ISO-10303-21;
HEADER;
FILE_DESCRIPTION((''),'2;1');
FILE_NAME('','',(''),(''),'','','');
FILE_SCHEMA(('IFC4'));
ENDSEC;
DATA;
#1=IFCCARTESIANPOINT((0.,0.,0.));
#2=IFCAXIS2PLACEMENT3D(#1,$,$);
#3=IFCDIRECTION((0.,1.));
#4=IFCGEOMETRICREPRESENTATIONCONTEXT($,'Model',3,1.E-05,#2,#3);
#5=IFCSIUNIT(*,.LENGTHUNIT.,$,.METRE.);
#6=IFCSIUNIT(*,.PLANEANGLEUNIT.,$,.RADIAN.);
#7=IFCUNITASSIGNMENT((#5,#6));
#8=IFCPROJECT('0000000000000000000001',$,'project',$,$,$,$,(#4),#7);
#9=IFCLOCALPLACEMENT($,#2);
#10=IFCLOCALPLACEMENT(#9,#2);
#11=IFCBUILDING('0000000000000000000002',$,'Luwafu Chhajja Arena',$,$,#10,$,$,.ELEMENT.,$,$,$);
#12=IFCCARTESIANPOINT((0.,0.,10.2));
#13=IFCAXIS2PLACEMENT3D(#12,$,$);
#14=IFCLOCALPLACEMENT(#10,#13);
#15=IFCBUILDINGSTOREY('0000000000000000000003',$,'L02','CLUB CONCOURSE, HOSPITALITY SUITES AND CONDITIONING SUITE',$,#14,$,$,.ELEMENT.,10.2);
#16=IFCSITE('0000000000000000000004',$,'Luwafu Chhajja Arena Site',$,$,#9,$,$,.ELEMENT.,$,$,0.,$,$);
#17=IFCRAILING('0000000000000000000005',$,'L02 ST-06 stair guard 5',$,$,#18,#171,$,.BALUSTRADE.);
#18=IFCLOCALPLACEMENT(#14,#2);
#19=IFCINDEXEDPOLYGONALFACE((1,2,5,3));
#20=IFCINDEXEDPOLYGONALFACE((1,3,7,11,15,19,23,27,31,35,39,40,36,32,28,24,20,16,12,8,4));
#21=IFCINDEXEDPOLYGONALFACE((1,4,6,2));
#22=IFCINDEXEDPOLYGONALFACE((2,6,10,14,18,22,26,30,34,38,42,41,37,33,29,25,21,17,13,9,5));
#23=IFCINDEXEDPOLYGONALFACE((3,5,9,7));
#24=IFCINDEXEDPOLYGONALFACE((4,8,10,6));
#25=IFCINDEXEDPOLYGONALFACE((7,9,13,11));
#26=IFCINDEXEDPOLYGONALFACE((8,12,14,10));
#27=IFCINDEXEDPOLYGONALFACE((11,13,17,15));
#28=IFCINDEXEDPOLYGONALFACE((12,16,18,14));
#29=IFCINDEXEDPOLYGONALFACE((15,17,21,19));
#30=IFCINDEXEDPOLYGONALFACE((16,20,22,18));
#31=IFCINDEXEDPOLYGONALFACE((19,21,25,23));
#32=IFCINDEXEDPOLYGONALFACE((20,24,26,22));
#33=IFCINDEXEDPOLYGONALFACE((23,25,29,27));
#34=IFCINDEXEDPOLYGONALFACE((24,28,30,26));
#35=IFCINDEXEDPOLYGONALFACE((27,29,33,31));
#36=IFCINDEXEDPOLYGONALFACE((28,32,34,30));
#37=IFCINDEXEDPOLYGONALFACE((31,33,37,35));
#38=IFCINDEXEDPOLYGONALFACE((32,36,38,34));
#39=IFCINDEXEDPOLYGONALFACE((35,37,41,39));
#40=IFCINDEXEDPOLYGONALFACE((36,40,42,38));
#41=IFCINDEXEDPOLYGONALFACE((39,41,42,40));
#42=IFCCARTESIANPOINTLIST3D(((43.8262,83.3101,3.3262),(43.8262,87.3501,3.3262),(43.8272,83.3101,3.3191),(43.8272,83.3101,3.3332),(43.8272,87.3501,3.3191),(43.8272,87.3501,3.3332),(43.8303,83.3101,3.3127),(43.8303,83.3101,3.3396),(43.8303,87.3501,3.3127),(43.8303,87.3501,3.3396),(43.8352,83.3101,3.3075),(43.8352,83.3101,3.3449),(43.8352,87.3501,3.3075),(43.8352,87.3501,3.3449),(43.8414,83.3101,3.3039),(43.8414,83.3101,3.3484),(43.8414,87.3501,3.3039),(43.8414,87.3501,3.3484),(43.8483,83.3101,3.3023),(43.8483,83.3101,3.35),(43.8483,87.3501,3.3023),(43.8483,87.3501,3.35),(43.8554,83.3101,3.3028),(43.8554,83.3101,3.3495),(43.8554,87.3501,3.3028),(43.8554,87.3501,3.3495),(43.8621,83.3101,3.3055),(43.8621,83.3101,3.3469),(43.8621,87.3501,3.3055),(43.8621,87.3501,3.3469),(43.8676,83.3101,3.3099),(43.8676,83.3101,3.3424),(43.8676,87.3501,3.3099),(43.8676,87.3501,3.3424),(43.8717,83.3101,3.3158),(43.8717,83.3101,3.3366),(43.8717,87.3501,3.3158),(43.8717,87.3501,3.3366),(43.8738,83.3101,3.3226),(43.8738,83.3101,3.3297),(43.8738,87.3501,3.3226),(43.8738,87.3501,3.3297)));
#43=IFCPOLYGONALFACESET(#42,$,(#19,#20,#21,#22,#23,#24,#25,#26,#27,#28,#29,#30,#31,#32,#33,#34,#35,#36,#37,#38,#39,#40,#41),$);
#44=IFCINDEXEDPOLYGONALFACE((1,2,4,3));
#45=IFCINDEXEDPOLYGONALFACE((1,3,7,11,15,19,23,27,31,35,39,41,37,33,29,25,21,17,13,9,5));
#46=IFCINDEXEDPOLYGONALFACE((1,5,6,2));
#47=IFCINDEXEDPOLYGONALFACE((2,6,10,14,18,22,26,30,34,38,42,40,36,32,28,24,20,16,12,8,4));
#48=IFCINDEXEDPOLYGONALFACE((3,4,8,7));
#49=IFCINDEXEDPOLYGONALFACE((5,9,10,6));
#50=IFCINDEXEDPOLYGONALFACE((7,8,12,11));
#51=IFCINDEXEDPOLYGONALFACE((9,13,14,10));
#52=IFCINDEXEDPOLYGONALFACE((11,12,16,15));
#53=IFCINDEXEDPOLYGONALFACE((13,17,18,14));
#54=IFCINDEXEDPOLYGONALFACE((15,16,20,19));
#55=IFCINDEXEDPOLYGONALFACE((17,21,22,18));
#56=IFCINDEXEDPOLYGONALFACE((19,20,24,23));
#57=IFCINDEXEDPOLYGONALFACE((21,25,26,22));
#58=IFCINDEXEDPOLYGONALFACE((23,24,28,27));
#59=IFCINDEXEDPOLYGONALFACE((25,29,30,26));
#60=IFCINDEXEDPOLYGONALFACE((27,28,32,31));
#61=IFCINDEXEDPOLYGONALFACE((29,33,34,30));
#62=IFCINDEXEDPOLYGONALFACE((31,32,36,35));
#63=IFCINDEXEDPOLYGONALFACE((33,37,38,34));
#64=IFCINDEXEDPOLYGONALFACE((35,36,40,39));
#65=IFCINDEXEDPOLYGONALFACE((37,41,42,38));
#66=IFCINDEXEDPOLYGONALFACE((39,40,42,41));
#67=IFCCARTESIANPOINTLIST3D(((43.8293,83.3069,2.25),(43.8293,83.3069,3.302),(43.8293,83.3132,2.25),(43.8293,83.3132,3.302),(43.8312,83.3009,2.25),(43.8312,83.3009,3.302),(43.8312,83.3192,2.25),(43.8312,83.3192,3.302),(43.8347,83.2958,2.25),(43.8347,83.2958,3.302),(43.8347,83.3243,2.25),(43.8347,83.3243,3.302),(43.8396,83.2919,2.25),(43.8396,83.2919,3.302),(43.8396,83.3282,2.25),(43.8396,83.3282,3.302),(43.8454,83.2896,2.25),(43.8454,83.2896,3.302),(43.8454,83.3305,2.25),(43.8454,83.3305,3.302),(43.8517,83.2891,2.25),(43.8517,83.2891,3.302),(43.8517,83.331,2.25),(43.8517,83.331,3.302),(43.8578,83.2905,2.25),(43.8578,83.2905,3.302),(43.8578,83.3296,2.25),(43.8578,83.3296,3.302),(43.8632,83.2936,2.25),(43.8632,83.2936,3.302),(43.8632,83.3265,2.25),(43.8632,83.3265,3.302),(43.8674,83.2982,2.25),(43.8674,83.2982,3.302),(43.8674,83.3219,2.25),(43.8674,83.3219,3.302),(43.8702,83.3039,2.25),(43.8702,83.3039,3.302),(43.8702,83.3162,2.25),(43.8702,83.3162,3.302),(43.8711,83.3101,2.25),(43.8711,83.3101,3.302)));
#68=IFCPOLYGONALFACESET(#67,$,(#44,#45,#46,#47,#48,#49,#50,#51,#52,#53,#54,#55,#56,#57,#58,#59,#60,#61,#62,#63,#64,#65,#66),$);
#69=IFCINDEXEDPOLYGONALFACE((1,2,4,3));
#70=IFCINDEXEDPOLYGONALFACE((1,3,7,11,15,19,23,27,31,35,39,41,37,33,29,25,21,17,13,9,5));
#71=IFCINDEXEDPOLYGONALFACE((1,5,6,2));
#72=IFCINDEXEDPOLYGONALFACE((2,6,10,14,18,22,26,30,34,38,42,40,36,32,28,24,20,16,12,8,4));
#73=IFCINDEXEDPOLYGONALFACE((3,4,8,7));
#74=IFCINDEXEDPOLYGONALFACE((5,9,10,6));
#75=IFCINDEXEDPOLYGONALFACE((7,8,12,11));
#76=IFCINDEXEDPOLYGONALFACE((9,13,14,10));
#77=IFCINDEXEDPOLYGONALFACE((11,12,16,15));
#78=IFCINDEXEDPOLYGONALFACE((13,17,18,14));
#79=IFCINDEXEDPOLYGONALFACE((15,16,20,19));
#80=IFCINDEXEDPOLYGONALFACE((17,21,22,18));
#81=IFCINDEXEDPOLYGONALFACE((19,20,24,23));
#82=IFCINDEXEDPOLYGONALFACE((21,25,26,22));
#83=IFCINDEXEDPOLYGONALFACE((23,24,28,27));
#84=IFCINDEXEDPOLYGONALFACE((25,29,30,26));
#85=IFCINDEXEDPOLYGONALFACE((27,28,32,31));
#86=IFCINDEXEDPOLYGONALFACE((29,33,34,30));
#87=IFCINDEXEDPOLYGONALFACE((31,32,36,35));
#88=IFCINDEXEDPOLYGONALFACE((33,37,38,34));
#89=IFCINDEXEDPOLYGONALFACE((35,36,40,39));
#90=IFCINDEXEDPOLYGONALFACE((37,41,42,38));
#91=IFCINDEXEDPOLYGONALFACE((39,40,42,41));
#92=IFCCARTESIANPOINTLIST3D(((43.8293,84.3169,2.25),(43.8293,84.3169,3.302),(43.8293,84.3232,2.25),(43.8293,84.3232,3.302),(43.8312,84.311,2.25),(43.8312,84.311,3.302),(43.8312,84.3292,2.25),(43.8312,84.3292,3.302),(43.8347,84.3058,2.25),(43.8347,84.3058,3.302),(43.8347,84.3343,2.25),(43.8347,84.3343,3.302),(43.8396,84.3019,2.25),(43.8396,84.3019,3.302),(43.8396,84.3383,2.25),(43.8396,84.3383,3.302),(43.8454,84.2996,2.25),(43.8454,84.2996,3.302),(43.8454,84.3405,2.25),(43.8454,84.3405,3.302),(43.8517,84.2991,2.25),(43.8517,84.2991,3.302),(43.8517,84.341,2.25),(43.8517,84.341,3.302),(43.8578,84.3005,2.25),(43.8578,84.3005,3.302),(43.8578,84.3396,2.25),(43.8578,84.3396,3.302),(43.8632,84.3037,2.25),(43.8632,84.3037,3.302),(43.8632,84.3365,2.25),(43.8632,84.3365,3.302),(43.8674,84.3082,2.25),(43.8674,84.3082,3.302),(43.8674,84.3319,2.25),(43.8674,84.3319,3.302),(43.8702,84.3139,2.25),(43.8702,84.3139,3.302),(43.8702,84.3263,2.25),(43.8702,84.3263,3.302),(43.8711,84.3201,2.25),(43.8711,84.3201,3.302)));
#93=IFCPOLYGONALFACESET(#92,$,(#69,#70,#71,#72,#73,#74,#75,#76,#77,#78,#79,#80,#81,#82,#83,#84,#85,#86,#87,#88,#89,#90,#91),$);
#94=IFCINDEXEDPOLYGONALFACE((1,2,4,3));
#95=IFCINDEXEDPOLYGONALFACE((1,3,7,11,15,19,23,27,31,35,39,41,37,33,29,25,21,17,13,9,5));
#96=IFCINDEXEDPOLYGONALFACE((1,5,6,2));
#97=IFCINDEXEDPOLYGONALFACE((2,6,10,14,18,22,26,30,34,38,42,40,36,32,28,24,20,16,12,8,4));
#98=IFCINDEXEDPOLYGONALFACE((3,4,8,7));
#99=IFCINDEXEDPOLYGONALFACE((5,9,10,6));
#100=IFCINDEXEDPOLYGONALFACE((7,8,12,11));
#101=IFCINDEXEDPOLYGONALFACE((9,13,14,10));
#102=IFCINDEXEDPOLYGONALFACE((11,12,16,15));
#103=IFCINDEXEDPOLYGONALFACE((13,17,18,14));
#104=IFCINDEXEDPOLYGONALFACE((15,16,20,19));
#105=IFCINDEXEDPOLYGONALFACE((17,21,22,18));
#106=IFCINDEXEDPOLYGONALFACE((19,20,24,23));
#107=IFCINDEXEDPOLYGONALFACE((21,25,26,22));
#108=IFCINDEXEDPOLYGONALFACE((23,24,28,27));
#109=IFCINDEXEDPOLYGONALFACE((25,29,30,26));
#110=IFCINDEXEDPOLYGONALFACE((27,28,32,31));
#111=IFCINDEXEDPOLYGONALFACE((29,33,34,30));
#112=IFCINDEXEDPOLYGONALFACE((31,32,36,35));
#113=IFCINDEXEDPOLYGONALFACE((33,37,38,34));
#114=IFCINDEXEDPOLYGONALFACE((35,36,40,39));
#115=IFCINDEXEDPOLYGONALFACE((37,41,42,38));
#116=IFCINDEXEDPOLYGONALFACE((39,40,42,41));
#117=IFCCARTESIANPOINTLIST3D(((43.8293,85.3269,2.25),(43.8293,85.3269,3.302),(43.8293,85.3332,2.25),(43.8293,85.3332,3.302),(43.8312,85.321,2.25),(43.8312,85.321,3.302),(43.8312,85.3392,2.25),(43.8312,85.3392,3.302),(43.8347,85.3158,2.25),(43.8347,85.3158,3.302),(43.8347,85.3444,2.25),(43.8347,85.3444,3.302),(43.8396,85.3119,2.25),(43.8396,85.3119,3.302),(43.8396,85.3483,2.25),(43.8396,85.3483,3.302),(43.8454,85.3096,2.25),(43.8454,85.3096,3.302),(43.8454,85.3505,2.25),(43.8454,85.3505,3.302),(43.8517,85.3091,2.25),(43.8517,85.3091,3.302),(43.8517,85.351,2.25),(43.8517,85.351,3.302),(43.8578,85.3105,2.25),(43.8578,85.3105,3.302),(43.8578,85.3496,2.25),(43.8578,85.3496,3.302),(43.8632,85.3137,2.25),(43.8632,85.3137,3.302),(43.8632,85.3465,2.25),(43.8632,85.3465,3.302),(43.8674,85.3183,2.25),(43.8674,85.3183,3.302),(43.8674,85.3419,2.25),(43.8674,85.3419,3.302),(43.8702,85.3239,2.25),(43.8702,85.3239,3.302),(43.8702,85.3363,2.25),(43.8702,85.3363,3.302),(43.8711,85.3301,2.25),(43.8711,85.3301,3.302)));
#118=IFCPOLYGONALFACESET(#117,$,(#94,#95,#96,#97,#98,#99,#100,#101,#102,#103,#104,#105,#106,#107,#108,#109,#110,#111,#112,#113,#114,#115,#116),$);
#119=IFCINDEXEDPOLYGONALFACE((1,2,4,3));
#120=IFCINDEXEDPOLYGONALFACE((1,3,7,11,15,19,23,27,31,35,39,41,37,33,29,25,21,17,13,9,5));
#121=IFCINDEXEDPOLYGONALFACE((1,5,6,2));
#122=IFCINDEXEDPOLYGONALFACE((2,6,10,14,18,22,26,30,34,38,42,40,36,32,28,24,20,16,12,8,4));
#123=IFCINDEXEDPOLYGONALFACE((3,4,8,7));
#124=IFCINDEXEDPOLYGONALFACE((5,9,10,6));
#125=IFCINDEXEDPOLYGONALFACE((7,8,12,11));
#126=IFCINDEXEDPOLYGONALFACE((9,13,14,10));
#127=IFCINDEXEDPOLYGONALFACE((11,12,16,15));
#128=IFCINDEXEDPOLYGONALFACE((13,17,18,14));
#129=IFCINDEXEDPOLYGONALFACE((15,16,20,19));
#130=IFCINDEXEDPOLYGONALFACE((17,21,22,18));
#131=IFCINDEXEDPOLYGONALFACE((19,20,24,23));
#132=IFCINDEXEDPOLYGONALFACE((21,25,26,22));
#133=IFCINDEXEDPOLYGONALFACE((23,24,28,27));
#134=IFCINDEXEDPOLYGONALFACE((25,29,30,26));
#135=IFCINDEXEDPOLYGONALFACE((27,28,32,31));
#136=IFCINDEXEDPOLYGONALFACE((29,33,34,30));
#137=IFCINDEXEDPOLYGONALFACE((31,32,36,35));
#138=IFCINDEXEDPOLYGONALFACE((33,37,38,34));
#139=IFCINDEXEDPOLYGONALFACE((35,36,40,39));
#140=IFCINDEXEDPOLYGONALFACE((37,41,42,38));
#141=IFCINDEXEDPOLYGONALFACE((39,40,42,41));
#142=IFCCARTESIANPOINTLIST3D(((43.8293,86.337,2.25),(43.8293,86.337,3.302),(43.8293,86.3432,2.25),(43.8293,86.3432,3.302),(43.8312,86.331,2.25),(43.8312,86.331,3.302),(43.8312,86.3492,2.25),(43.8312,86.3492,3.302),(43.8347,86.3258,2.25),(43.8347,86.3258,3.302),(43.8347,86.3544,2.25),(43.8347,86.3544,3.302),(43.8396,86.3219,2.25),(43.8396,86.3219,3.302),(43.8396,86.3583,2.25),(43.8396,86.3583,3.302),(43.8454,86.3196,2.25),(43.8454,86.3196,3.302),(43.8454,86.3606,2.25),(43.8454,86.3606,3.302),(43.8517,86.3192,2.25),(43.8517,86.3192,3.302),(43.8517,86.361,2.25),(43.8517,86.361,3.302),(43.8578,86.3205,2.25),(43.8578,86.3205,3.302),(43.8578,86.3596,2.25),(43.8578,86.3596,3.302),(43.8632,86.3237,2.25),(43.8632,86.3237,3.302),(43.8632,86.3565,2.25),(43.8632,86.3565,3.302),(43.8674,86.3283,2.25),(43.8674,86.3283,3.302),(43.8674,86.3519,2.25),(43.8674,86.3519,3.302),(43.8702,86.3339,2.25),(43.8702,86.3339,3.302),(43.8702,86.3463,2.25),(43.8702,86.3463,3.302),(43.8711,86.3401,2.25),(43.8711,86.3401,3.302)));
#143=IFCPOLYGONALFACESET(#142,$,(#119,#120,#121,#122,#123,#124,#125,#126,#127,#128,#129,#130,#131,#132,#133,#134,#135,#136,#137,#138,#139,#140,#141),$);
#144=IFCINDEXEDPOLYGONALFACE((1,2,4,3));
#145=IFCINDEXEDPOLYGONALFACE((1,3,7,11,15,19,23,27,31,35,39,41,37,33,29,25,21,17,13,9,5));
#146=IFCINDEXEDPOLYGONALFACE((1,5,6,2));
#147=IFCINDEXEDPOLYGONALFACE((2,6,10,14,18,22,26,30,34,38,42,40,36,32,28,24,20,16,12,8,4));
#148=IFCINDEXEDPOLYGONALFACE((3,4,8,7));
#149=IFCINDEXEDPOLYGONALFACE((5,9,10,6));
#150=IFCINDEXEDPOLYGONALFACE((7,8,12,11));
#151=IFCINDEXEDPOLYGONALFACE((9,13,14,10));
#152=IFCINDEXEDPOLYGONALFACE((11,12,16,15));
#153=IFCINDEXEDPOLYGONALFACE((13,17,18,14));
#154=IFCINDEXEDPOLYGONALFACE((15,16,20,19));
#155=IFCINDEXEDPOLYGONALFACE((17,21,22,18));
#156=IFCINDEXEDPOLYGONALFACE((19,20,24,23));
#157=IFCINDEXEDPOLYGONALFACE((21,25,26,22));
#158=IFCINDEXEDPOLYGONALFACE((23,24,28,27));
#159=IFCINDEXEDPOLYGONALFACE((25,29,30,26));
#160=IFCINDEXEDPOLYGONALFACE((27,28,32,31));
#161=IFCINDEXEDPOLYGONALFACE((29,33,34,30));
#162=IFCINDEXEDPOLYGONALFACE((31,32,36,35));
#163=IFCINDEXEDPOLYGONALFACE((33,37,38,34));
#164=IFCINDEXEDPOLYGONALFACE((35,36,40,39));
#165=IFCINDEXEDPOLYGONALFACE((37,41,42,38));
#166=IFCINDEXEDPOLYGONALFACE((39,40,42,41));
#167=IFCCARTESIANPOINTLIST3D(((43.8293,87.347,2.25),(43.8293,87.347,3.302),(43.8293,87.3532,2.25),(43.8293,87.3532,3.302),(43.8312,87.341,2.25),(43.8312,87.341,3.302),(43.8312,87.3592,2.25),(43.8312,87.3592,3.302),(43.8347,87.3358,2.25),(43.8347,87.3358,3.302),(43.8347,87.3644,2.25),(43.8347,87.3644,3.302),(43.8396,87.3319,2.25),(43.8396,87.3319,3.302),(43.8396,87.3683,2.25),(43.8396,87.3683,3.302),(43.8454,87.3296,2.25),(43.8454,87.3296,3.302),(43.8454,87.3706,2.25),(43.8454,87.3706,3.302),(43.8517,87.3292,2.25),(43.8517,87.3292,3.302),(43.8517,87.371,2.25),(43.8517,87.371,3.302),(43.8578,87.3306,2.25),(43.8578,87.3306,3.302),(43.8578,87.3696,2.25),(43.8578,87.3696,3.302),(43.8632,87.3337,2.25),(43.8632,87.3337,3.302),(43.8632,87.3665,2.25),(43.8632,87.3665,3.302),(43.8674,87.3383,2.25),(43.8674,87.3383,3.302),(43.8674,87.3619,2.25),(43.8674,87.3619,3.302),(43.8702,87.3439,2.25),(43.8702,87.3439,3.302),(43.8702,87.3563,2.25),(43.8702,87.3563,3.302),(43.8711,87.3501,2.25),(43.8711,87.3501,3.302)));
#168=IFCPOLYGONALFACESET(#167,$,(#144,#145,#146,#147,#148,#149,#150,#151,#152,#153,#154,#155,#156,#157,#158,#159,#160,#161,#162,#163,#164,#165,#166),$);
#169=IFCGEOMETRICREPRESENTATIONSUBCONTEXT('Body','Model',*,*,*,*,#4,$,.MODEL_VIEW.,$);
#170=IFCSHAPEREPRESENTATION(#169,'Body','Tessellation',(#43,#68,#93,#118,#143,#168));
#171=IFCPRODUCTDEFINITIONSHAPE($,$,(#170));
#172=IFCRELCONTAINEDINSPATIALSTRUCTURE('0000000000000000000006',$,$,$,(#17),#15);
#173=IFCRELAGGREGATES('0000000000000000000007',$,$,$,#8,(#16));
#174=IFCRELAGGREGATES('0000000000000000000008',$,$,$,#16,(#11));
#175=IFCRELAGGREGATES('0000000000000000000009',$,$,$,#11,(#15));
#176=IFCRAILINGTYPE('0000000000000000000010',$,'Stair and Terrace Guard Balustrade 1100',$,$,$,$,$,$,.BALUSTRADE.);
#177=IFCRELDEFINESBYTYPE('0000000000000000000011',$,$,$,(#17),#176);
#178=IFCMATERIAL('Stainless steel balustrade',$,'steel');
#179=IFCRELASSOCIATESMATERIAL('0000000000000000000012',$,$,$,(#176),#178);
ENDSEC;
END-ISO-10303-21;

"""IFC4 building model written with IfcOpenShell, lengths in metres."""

from ifc_helpers import new_model, si_unit, direction, frame, origin, origin_2d, place, context, subcontext, project, spatial, circle, extrude, material, type_object, element, save


model = new_model("IFC4")

# Units and contexts
model_context = context("Model", 3, precision=1e-05, world=origin(), true_north=direction((0.0, 1.0)))
body_context = subcontext(model_context, "Body", "Model", "MODEL_VIEW")
ifc_project = project(units=[si_unit("LENGTHUNIT", "METRE"), si_unit("PLANEANGLEUNIT", "RADIAN")], contexts=[model_context])

# Site, building, storey
site_placement = place(None, origin())
site = spatial("IfcSite", under=ifc_project, at=site_placement, Name="Luwafu Chhajja Arena Site", CompositionType="ELEMENT", RefElevation=0.0)
building_placement = place(site_placement, origin())
building = spatial("IfcBuilding", under=site, at=building_placement, Name="Luwafu Chhajja Arena", CompositionType="ELEMENT")
storey_placement = place(building_placement, frame((0.0, 0.0, 10.2)))
storey = spatial("IfcBuildingStorey", under=building, at=storey_placement, Name="L02", Description="CLUB CONCOURSE, HOSPITALITY SUITES AND CONDITIONING SUITE", CompositionType="ELEMENT", Elevation=10.2)

# Railing
ifc_material_1 = material(Name="Stainless steel balustrade", Category="steel")
railing_type_1 = type_object("IfcRailingType", Name="Stair and Terrace Guard Balustrade 1100", PredefinedType="BALUSTRADE", material=ifc_material_1)
railing_1_placement = place(storey_placement, frame((43.8501, 83.3101, 2.25)))
element("IfcRailing", 1, at=railing_1_placement, inside=storey, type_object=railing_type_1, Name="L02 ST-06 stair guard 5", PredefinedType="BALUSTRADE", context=body_context, shape_type="SweptSolid", body=[
    extrude(circle(Radius=0.0239, at=origin_2d()), frame((0.0, 0.0, 1.0762), z_axis=(0.0, 1.0, 0.0), x_axis=(-1.0, 0.0, 0.0)), (0.0, 0.0, 1.0), 4.04),
    extrude(circle(Radius=0.021, at=origin_2d()), origin(), (0.0, 0.0, 1.0), 1.052),
    extrude(circle(Radius=0.021, at=origin_2d()), frame((0.0, 1.01, 0.0)), (0.0, 0.0, 1.0), 1.052),
    extrude(circle(Radius=0.021, at=origin_2d()), frame((0.0, 2.02, 0.0)), (0.0, 0.0, 1.0), 1.052),
    extrude(circle(Radius=0.021, at=origin_2d()), frame((0.0, 3.03, 0.0)), (0.0, 0.0, 1.0), 1.052),
    extrude(circle(Radius=0.021, at=origin_2d()), frame((0.0, 4.04, 0.0)), (0.0, 0.0, 1.0), 1.052),
])

save(model, "model.ifc")
